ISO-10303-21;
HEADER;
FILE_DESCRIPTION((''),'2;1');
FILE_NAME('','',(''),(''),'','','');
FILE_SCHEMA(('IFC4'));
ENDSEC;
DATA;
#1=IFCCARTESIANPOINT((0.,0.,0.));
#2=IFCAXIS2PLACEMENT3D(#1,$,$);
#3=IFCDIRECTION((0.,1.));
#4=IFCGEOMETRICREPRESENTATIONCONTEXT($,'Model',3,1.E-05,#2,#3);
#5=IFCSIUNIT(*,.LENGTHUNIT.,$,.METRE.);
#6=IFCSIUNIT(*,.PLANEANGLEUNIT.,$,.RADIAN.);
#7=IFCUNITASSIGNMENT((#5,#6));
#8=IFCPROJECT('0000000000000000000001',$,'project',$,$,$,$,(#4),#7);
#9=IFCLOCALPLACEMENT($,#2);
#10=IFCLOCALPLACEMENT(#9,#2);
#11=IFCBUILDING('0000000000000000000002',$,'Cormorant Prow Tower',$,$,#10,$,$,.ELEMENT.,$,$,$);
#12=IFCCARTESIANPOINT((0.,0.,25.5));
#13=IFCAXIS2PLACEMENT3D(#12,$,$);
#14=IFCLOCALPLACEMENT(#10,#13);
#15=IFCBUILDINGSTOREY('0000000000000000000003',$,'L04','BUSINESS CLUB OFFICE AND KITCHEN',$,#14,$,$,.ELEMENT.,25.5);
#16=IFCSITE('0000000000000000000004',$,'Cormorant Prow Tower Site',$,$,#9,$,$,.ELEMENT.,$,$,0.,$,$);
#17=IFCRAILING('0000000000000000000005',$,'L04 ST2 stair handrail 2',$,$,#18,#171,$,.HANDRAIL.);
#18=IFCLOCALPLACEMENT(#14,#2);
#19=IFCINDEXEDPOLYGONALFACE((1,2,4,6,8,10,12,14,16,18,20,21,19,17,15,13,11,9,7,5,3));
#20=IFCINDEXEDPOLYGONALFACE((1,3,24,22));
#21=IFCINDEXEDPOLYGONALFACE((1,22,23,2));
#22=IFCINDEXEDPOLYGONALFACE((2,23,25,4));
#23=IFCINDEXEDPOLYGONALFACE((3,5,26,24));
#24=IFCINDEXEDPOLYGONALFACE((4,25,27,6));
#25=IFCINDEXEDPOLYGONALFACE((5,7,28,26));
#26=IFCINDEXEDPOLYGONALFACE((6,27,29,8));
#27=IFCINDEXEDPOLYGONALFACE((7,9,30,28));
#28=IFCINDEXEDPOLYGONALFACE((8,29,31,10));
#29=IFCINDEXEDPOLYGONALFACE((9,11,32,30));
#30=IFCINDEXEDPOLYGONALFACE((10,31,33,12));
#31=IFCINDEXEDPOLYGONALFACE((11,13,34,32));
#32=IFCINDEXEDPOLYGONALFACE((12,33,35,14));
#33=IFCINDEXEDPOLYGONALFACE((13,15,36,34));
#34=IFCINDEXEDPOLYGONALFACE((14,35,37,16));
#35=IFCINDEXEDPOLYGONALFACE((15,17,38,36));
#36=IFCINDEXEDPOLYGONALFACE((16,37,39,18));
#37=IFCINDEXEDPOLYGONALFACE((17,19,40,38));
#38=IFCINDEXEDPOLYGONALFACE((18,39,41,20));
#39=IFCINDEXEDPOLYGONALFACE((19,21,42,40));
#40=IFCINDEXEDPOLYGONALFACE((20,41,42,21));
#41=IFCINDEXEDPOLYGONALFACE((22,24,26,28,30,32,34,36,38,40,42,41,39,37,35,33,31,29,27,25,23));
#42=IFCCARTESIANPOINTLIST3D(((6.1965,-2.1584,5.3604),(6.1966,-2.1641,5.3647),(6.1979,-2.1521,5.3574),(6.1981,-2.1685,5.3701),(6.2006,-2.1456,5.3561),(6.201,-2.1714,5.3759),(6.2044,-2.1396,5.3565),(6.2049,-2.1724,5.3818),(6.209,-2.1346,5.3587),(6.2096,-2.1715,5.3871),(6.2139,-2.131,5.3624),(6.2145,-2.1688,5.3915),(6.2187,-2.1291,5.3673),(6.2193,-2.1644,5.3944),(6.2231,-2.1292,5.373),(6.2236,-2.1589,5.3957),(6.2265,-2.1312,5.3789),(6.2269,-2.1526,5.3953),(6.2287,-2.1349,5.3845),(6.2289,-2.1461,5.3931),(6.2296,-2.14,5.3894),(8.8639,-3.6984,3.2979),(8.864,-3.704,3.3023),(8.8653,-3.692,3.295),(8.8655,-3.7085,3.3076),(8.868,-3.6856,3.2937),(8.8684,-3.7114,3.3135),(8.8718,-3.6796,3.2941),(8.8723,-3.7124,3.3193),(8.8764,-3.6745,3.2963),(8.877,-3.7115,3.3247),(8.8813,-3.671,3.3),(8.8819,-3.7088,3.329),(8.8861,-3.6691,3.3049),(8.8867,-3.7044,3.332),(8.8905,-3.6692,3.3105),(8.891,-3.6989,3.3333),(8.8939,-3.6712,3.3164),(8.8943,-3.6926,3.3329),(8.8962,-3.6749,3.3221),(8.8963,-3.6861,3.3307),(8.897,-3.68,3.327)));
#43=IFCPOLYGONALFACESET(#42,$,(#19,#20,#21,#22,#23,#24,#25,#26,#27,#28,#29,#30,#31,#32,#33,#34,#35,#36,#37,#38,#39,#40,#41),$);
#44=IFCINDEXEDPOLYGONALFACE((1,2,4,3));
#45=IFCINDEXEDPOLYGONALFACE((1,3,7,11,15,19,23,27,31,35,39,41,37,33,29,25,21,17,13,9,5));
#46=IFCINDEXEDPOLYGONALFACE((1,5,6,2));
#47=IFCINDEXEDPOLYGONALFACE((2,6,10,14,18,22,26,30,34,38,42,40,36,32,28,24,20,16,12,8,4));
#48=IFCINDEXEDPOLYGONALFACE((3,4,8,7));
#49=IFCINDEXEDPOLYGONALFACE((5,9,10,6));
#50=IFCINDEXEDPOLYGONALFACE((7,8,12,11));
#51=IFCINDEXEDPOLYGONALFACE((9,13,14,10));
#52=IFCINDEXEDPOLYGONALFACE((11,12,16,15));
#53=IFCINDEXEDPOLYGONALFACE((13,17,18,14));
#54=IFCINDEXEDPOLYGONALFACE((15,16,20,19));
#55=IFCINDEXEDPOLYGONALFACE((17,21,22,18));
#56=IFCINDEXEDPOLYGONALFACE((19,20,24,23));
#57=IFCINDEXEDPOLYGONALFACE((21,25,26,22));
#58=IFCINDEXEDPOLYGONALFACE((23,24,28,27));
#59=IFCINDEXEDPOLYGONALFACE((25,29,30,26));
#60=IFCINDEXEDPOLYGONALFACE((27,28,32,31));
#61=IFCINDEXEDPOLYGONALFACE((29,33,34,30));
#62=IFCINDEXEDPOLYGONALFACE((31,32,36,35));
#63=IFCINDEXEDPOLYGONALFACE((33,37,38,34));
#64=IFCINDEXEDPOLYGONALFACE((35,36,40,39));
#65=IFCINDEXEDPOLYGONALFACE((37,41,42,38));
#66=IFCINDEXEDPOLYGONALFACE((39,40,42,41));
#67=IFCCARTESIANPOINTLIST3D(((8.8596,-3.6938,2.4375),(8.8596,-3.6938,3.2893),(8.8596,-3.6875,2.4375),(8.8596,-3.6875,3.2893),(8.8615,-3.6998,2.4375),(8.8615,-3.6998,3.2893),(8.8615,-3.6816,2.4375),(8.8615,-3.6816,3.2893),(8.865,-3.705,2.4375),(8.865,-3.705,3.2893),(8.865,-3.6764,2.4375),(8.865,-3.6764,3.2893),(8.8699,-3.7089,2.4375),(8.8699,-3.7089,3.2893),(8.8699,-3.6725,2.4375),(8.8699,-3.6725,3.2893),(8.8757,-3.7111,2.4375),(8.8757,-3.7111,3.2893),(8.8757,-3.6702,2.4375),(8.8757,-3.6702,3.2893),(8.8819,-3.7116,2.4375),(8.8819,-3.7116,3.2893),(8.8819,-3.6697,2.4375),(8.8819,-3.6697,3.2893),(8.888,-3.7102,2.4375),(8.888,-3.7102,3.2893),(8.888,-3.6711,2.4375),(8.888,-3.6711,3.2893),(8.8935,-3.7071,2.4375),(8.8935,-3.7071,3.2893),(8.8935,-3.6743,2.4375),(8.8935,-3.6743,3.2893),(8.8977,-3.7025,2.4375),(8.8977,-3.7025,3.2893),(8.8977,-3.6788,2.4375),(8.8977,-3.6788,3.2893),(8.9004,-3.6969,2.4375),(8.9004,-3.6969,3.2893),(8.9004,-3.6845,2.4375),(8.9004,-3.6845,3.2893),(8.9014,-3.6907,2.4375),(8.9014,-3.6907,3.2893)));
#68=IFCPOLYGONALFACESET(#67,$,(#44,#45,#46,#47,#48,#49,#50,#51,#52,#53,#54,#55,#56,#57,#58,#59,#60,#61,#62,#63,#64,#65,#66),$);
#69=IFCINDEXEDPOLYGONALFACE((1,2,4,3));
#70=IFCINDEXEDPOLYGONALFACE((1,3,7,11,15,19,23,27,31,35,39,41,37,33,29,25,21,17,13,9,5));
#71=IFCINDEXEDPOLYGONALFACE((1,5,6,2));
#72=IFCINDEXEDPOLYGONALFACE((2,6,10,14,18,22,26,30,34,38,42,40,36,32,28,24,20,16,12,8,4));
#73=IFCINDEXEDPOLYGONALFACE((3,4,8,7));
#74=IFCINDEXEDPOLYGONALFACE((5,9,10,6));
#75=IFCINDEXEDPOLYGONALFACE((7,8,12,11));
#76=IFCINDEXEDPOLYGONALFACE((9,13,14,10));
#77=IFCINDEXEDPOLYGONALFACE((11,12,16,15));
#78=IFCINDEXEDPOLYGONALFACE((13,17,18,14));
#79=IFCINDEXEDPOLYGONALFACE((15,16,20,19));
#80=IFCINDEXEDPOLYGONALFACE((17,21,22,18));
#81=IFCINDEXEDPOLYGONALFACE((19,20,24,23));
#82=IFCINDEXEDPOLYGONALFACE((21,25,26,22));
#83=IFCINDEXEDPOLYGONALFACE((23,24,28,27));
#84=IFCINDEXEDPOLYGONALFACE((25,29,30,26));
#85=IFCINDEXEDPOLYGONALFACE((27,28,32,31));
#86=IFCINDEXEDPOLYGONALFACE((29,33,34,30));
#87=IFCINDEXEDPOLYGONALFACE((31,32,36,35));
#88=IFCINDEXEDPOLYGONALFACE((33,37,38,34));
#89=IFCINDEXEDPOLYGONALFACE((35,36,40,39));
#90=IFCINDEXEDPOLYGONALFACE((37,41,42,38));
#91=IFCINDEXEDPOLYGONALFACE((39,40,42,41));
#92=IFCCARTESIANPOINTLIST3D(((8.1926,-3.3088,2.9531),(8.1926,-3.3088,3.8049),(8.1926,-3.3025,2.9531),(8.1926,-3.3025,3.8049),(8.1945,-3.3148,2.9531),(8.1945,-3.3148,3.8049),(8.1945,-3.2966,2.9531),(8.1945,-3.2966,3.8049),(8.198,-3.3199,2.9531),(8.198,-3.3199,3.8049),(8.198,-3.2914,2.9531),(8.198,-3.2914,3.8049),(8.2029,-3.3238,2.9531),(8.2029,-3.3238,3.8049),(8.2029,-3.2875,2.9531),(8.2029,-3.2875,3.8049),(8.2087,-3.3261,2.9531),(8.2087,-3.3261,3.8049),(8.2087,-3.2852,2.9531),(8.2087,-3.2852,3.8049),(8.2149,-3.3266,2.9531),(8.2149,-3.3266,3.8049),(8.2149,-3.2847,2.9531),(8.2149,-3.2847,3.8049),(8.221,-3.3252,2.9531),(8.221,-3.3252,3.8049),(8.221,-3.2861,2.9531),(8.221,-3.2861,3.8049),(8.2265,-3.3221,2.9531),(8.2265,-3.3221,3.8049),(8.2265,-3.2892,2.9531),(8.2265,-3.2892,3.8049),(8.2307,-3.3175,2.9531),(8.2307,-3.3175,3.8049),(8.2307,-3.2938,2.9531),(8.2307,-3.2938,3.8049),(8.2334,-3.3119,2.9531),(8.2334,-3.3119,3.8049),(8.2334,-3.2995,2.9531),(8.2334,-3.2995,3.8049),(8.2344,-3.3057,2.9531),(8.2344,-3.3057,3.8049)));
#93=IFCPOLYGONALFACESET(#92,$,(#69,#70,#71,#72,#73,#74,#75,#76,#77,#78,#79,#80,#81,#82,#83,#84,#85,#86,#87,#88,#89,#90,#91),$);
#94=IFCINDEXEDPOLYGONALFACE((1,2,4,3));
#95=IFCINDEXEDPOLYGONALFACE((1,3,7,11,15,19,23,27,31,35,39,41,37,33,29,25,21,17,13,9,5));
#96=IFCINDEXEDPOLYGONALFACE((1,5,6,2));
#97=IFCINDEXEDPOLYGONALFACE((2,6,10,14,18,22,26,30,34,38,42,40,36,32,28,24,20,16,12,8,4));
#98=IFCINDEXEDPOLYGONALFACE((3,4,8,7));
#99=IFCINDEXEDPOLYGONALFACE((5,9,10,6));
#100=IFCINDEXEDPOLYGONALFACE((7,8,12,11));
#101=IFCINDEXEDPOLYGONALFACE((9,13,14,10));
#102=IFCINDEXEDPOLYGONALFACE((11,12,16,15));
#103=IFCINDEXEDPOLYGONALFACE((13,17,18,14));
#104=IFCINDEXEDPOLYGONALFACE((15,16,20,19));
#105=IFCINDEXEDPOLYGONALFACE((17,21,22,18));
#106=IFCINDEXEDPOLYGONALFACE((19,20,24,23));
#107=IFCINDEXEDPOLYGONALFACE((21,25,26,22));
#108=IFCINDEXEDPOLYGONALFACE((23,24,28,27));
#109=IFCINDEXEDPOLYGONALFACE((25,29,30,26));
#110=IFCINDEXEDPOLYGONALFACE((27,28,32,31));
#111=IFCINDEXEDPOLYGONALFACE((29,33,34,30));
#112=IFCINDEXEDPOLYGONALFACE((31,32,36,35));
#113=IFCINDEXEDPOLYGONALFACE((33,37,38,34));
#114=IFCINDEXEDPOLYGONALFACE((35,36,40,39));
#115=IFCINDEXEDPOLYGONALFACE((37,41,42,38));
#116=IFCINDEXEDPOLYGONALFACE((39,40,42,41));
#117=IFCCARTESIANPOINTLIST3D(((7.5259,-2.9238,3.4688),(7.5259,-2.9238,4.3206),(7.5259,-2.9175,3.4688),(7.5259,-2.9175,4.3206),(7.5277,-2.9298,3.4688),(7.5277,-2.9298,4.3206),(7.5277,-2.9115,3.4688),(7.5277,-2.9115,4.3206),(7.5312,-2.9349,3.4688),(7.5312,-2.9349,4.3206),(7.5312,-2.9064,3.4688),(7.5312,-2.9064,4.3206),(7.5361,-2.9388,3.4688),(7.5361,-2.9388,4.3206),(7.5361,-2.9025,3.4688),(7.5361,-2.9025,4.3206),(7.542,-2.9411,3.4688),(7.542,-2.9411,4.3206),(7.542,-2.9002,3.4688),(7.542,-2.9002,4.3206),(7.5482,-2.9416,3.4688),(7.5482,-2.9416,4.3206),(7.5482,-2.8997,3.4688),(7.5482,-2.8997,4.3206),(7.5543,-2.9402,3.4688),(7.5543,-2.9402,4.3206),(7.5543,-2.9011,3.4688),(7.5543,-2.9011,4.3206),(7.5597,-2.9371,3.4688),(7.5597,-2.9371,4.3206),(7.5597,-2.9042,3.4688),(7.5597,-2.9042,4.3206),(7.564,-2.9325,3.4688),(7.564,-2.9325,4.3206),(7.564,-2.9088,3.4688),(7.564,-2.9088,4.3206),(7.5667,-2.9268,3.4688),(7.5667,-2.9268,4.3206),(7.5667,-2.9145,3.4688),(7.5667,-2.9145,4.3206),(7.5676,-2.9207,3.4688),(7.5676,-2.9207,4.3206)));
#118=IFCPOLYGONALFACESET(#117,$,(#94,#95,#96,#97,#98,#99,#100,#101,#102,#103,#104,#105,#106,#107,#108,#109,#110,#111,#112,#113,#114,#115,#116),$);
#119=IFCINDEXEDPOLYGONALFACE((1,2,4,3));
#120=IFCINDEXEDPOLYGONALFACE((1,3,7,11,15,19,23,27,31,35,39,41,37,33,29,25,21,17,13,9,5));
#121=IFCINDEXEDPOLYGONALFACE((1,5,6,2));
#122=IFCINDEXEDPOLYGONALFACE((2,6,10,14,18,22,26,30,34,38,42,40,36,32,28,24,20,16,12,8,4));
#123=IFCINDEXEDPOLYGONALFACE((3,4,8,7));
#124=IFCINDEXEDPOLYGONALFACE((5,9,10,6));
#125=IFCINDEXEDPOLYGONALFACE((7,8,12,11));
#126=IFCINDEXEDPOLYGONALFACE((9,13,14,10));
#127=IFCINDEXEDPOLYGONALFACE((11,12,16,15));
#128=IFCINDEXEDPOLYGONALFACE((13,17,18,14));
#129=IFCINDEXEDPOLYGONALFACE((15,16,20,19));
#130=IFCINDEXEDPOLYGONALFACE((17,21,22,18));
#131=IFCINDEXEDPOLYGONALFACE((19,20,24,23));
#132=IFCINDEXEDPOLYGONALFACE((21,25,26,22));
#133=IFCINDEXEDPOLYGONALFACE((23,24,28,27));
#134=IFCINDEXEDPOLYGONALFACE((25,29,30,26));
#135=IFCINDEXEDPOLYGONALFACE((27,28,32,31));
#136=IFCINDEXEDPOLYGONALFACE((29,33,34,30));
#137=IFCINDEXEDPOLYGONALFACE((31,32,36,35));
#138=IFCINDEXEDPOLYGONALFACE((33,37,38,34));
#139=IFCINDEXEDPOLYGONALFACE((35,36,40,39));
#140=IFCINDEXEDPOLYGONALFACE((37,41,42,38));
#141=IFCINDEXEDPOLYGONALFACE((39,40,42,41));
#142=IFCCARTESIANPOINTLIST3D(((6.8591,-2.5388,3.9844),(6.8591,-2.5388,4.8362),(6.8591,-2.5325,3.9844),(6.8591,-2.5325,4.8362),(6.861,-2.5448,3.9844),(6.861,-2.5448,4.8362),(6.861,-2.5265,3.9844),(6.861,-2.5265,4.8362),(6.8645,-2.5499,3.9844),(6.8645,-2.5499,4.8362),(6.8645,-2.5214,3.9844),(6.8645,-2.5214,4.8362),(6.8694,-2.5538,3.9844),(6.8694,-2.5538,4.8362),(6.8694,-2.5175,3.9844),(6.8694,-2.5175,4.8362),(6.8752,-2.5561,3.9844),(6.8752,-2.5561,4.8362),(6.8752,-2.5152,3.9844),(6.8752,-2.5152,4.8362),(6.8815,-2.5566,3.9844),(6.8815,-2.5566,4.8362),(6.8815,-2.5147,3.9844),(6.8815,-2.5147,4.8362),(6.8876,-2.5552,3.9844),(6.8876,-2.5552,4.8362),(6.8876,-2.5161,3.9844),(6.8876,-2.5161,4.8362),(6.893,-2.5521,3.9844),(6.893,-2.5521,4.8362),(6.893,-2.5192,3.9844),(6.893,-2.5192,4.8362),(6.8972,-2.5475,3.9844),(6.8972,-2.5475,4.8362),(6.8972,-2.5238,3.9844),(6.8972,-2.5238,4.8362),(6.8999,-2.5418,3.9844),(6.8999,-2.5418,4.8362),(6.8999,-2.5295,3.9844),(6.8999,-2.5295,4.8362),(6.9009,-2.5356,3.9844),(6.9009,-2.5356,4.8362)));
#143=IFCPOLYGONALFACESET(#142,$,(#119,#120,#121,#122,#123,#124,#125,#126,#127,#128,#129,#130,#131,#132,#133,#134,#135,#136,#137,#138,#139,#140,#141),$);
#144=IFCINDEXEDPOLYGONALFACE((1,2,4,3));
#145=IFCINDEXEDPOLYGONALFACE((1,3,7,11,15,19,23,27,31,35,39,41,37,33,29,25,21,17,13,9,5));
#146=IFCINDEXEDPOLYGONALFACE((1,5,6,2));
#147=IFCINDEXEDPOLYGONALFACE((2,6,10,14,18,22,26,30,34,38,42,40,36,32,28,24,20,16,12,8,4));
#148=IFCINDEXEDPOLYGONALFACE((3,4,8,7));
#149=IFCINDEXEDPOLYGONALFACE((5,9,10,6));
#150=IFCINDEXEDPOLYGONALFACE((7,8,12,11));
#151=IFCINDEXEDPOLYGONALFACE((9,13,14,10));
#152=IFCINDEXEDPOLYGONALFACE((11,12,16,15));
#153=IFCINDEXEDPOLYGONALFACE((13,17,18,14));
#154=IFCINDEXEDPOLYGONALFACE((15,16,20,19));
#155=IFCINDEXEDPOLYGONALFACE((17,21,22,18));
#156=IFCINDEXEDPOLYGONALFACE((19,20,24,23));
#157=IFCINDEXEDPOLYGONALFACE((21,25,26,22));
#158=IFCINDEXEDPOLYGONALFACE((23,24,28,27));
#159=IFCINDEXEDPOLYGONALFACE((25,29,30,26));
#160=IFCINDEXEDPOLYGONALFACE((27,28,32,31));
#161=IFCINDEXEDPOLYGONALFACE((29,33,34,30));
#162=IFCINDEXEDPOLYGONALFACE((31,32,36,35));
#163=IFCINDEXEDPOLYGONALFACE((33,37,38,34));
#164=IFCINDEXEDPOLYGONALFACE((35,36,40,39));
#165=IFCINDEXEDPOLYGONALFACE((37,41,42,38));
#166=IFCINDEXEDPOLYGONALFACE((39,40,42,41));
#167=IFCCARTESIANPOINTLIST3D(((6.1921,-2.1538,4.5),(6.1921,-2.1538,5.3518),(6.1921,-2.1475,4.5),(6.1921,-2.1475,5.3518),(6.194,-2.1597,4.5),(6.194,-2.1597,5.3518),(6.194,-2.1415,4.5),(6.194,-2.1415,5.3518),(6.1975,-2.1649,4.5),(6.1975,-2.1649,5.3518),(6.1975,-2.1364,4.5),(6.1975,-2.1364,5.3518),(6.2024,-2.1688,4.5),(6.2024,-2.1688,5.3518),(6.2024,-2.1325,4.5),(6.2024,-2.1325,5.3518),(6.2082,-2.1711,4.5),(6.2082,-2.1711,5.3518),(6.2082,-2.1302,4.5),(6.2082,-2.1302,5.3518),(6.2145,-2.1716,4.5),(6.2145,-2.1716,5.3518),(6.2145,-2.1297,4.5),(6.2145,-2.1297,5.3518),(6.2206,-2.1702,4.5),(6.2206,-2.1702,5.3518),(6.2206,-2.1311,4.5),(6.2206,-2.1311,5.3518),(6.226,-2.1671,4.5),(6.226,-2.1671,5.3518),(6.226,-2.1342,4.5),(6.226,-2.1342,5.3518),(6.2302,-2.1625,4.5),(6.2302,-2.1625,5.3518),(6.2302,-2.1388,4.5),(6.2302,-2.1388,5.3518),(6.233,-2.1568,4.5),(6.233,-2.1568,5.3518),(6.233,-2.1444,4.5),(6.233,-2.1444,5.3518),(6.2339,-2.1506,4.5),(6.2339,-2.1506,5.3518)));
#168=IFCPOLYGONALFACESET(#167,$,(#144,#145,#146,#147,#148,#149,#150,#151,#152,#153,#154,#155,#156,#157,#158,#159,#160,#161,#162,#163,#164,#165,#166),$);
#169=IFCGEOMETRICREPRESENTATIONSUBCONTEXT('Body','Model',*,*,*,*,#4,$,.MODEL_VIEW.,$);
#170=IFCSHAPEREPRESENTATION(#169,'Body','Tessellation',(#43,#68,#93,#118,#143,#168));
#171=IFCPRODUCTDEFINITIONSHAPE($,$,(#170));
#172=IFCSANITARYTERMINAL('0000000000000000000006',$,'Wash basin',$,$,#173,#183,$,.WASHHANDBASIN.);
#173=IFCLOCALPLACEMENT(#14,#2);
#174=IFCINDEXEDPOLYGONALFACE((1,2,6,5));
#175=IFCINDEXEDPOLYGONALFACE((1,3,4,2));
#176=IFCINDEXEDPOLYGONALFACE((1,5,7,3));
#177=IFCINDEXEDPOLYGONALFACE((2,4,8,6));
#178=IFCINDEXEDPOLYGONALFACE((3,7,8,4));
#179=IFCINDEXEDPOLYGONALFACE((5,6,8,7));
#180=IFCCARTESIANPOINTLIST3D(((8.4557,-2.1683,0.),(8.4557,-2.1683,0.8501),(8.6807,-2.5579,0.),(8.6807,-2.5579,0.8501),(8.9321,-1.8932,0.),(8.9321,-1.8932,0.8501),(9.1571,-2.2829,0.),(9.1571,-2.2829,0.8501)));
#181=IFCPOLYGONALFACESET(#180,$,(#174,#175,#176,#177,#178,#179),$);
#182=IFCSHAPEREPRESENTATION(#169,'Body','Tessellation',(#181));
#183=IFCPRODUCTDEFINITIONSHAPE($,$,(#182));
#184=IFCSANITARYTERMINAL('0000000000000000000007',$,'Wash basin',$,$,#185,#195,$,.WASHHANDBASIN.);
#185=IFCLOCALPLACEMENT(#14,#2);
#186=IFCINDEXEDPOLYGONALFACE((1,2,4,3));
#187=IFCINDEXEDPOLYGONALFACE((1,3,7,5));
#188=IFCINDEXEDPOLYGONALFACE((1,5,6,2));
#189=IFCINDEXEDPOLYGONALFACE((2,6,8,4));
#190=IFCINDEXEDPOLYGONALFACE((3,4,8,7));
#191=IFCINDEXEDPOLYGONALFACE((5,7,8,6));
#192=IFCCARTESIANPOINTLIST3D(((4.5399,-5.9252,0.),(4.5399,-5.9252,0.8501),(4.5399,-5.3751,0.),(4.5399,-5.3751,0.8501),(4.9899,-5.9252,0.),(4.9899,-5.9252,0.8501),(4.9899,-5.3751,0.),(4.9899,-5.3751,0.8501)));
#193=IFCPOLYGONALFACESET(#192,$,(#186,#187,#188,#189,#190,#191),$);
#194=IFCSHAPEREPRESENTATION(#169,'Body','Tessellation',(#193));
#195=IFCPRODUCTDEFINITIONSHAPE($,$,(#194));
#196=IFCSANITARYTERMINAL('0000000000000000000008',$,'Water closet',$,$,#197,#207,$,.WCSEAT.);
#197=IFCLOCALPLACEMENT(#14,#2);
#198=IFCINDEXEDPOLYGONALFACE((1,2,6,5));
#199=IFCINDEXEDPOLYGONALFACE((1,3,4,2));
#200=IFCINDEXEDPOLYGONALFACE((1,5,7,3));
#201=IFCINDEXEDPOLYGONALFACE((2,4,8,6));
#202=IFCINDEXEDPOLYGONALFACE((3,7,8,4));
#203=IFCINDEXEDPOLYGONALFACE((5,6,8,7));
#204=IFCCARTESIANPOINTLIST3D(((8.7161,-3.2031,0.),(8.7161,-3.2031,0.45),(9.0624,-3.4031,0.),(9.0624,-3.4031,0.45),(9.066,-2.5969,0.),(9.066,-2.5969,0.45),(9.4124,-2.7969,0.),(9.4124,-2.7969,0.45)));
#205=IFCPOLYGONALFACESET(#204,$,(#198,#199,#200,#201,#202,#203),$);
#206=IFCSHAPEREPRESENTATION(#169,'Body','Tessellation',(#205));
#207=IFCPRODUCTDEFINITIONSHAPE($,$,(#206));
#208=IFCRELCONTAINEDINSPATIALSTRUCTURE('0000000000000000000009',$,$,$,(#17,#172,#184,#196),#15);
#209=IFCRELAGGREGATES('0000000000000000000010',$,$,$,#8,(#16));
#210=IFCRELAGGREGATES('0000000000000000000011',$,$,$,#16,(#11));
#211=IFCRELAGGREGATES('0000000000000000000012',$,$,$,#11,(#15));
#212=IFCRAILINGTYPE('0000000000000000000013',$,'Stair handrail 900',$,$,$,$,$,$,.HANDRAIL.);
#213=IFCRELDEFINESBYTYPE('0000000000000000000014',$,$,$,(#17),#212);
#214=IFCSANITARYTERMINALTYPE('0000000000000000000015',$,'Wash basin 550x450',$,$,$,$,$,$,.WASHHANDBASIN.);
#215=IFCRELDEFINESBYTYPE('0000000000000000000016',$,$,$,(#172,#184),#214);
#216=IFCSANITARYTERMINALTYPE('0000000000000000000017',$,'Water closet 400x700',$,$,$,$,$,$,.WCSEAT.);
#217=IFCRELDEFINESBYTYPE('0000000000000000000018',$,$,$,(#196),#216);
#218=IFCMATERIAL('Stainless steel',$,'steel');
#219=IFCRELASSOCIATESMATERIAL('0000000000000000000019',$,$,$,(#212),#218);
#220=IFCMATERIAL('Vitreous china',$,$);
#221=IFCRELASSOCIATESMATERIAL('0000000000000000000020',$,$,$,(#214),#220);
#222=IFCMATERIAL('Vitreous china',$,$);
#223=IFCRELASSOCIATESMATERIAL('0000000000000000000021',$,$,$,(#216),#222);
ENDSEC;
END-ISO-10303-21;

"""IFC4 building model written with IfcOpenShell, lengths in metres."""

from ifc_helpers import new_model, si_unit, direction, frame, origin, origin_2d, place, context, subcontext, project, spatial, rectangle, circle, extrude, material, type_object, element, save


model = new_model("IFC4")

# Units and contexts
model_context = context("Model", 3, precision=1e-05, world=origin(), true_north=direction((0.0, 1.0)))
body_context = subcontext(model_context, "Body", "Model", "MODEL_VIEW")
ifc_project = project(units=[si_unit("LENGTHUNIT", "METRE"), si_unit("PLANEANGLEUNIT", "RADIAN")], contexts=[model_context])

# Site, building, storey
site_placement = place(None, origin())
site = spatial("IfcSite", under=ifc_project, at=site_placement, Name="Cormorant Prow Tower Site", CompositionType="ELEMENT", RefElevation=0.0)
building_placement = place(site_placement, origin())
building = spatial("IfcBuilding", under=site, at=building_placement, Name="Cormorant Prow Tower", CompositionType="ELEMENT")
storey_placement = place(building_placement, frame((0.0, 0.0, 25.5)))
storey = spatial("IfcBuildingStorey", under=building, at=storey_placement, Name="L04", Description="BUSINESS CLUB OFFICE AND KITCHEN", CompositionType="ELEMENT", Elevation=25.5)

# Railing
ifc_material_1 = material(Name="Stainless steel", Category="steel")
railing_type_1 = type_object("IfcRailingType", Name="Stair handrail 900", PredefinedType="HANDRAIL", material=ifc_material_1)
railing_1_placement = place(storey_placement, frame((8.8804, -3.6907, 2.4375)))
element("IfcRailing", 1, at=railing_1_placement, inside=storey, type_object=railing_type_1, Name="L04 ST2 stair handrail 2", PredefinedType="HANDRAIL", context=body_context, shape_type="SweptSolid", body=[
    extrude(circle(Radius=0.0239, at=origin_2d()), frame((0.0, 0.0, 0.876), z_axis=(-0.719599, 0.415452, 0.556395), x_axis=(-0.499992, -0.86603, 0.0)), (0.0, 0.0, 1.0), 3.7068),
    extrude(circle(Radius=0.021, at=origin_2d()), origin(), (0.0, 0.0, 1.0), 0.8518),
    extrude(circle(Radius=0.021, at=origin_2d()), frame((-0.667, 0.385, 0.5156)), (0.0, 0.0, 1.0), 0.8518),
    extrude(circle(Radius=0.021, at=origin_2d()), frame((-1.3337, 0.77, 1.0312)), (0.0, 0.0, 1.0), 0.8518),
    extrude(circle(Radius=0.021, at=origin_2d()), frame((-2.0005, 1.155, 1.5469)), (0.0, 0.0, 1.0), 0.8518),
    extrude(circle(Radius=0.021, at=origin_2d()), frame((-2.6675, 1.54, 2.0625)), (0.0, 0.0, 1.0), 0.8518),
])

# Sanitary terminals
ifc_material_2 = material(Name="Vitreous china")
sanitary_terminal_type_1 = type_object("IfcSanitaryTerminalType", Name="Wash basin 550x450", PredefinedType="WASHHANDBASIN", material=ifc_material_2)
for number, where, z_axis, x_axis, name in (
    (2, (8.8064, -2.2256, 0.0), (0.0, 0.0, 1.0), (0.866025, 0.5, 0.0), "Wash basin"),
    (3, (4.7649, -5.6501, 0.0), (0.0, 0.0, 1.0), (0.0, -1.0, 0.0), "Wash basin"),
):
    element("IfcSanitaryTerminal", number, at=place(storey_placement, frame(where, z_axis=z_axis, x_axis=x_axis)), inside=storey, type_object=sanitary_terminal_type_1, Name=name, PredefinedType="WASHHANDBASIN", context=body_context, shape_type="SweptSolid", body=[
        extrude(rectangle(XDim=0.55, YDim=0.45, at=origin_2d()), origin(), (0.0, 0.0, 1.0), 0.8501),
    ])
ifc_material_3 = material(Name="Vitreous china")
sanitary_terminal_type_2 = type_object("IfcSanitaryTerminalType", Name="Water closet 400x700", PredefinedType="WCSEAT", material=ifc_material_3)
for number, where, z_axis, x_axis, name in (
    (4, (9.0642, -3.0, 0.0), (0.0, 0.0, 1.0), (0.866034, -0.499985, 0.0), "Water closet"),
):
    element("IfcSanitaryTerminal", number, at=place(storey_placement, frame(where, z_axis=z_axis, x_axis=x_axis)), inside=storey, type_object=sanitary_terminal_type_2, Name=name, PredefinedType="WCSEAT", context=body_context, shape_type="SweptSolid", body=[
        extrude(rectangle(XDim=0.3999, YDim=0.7, at=origin_2d()), origin(), (0.0, 0.0, 1.0), 0.45),
    ])

save(model, "model.ifc")
